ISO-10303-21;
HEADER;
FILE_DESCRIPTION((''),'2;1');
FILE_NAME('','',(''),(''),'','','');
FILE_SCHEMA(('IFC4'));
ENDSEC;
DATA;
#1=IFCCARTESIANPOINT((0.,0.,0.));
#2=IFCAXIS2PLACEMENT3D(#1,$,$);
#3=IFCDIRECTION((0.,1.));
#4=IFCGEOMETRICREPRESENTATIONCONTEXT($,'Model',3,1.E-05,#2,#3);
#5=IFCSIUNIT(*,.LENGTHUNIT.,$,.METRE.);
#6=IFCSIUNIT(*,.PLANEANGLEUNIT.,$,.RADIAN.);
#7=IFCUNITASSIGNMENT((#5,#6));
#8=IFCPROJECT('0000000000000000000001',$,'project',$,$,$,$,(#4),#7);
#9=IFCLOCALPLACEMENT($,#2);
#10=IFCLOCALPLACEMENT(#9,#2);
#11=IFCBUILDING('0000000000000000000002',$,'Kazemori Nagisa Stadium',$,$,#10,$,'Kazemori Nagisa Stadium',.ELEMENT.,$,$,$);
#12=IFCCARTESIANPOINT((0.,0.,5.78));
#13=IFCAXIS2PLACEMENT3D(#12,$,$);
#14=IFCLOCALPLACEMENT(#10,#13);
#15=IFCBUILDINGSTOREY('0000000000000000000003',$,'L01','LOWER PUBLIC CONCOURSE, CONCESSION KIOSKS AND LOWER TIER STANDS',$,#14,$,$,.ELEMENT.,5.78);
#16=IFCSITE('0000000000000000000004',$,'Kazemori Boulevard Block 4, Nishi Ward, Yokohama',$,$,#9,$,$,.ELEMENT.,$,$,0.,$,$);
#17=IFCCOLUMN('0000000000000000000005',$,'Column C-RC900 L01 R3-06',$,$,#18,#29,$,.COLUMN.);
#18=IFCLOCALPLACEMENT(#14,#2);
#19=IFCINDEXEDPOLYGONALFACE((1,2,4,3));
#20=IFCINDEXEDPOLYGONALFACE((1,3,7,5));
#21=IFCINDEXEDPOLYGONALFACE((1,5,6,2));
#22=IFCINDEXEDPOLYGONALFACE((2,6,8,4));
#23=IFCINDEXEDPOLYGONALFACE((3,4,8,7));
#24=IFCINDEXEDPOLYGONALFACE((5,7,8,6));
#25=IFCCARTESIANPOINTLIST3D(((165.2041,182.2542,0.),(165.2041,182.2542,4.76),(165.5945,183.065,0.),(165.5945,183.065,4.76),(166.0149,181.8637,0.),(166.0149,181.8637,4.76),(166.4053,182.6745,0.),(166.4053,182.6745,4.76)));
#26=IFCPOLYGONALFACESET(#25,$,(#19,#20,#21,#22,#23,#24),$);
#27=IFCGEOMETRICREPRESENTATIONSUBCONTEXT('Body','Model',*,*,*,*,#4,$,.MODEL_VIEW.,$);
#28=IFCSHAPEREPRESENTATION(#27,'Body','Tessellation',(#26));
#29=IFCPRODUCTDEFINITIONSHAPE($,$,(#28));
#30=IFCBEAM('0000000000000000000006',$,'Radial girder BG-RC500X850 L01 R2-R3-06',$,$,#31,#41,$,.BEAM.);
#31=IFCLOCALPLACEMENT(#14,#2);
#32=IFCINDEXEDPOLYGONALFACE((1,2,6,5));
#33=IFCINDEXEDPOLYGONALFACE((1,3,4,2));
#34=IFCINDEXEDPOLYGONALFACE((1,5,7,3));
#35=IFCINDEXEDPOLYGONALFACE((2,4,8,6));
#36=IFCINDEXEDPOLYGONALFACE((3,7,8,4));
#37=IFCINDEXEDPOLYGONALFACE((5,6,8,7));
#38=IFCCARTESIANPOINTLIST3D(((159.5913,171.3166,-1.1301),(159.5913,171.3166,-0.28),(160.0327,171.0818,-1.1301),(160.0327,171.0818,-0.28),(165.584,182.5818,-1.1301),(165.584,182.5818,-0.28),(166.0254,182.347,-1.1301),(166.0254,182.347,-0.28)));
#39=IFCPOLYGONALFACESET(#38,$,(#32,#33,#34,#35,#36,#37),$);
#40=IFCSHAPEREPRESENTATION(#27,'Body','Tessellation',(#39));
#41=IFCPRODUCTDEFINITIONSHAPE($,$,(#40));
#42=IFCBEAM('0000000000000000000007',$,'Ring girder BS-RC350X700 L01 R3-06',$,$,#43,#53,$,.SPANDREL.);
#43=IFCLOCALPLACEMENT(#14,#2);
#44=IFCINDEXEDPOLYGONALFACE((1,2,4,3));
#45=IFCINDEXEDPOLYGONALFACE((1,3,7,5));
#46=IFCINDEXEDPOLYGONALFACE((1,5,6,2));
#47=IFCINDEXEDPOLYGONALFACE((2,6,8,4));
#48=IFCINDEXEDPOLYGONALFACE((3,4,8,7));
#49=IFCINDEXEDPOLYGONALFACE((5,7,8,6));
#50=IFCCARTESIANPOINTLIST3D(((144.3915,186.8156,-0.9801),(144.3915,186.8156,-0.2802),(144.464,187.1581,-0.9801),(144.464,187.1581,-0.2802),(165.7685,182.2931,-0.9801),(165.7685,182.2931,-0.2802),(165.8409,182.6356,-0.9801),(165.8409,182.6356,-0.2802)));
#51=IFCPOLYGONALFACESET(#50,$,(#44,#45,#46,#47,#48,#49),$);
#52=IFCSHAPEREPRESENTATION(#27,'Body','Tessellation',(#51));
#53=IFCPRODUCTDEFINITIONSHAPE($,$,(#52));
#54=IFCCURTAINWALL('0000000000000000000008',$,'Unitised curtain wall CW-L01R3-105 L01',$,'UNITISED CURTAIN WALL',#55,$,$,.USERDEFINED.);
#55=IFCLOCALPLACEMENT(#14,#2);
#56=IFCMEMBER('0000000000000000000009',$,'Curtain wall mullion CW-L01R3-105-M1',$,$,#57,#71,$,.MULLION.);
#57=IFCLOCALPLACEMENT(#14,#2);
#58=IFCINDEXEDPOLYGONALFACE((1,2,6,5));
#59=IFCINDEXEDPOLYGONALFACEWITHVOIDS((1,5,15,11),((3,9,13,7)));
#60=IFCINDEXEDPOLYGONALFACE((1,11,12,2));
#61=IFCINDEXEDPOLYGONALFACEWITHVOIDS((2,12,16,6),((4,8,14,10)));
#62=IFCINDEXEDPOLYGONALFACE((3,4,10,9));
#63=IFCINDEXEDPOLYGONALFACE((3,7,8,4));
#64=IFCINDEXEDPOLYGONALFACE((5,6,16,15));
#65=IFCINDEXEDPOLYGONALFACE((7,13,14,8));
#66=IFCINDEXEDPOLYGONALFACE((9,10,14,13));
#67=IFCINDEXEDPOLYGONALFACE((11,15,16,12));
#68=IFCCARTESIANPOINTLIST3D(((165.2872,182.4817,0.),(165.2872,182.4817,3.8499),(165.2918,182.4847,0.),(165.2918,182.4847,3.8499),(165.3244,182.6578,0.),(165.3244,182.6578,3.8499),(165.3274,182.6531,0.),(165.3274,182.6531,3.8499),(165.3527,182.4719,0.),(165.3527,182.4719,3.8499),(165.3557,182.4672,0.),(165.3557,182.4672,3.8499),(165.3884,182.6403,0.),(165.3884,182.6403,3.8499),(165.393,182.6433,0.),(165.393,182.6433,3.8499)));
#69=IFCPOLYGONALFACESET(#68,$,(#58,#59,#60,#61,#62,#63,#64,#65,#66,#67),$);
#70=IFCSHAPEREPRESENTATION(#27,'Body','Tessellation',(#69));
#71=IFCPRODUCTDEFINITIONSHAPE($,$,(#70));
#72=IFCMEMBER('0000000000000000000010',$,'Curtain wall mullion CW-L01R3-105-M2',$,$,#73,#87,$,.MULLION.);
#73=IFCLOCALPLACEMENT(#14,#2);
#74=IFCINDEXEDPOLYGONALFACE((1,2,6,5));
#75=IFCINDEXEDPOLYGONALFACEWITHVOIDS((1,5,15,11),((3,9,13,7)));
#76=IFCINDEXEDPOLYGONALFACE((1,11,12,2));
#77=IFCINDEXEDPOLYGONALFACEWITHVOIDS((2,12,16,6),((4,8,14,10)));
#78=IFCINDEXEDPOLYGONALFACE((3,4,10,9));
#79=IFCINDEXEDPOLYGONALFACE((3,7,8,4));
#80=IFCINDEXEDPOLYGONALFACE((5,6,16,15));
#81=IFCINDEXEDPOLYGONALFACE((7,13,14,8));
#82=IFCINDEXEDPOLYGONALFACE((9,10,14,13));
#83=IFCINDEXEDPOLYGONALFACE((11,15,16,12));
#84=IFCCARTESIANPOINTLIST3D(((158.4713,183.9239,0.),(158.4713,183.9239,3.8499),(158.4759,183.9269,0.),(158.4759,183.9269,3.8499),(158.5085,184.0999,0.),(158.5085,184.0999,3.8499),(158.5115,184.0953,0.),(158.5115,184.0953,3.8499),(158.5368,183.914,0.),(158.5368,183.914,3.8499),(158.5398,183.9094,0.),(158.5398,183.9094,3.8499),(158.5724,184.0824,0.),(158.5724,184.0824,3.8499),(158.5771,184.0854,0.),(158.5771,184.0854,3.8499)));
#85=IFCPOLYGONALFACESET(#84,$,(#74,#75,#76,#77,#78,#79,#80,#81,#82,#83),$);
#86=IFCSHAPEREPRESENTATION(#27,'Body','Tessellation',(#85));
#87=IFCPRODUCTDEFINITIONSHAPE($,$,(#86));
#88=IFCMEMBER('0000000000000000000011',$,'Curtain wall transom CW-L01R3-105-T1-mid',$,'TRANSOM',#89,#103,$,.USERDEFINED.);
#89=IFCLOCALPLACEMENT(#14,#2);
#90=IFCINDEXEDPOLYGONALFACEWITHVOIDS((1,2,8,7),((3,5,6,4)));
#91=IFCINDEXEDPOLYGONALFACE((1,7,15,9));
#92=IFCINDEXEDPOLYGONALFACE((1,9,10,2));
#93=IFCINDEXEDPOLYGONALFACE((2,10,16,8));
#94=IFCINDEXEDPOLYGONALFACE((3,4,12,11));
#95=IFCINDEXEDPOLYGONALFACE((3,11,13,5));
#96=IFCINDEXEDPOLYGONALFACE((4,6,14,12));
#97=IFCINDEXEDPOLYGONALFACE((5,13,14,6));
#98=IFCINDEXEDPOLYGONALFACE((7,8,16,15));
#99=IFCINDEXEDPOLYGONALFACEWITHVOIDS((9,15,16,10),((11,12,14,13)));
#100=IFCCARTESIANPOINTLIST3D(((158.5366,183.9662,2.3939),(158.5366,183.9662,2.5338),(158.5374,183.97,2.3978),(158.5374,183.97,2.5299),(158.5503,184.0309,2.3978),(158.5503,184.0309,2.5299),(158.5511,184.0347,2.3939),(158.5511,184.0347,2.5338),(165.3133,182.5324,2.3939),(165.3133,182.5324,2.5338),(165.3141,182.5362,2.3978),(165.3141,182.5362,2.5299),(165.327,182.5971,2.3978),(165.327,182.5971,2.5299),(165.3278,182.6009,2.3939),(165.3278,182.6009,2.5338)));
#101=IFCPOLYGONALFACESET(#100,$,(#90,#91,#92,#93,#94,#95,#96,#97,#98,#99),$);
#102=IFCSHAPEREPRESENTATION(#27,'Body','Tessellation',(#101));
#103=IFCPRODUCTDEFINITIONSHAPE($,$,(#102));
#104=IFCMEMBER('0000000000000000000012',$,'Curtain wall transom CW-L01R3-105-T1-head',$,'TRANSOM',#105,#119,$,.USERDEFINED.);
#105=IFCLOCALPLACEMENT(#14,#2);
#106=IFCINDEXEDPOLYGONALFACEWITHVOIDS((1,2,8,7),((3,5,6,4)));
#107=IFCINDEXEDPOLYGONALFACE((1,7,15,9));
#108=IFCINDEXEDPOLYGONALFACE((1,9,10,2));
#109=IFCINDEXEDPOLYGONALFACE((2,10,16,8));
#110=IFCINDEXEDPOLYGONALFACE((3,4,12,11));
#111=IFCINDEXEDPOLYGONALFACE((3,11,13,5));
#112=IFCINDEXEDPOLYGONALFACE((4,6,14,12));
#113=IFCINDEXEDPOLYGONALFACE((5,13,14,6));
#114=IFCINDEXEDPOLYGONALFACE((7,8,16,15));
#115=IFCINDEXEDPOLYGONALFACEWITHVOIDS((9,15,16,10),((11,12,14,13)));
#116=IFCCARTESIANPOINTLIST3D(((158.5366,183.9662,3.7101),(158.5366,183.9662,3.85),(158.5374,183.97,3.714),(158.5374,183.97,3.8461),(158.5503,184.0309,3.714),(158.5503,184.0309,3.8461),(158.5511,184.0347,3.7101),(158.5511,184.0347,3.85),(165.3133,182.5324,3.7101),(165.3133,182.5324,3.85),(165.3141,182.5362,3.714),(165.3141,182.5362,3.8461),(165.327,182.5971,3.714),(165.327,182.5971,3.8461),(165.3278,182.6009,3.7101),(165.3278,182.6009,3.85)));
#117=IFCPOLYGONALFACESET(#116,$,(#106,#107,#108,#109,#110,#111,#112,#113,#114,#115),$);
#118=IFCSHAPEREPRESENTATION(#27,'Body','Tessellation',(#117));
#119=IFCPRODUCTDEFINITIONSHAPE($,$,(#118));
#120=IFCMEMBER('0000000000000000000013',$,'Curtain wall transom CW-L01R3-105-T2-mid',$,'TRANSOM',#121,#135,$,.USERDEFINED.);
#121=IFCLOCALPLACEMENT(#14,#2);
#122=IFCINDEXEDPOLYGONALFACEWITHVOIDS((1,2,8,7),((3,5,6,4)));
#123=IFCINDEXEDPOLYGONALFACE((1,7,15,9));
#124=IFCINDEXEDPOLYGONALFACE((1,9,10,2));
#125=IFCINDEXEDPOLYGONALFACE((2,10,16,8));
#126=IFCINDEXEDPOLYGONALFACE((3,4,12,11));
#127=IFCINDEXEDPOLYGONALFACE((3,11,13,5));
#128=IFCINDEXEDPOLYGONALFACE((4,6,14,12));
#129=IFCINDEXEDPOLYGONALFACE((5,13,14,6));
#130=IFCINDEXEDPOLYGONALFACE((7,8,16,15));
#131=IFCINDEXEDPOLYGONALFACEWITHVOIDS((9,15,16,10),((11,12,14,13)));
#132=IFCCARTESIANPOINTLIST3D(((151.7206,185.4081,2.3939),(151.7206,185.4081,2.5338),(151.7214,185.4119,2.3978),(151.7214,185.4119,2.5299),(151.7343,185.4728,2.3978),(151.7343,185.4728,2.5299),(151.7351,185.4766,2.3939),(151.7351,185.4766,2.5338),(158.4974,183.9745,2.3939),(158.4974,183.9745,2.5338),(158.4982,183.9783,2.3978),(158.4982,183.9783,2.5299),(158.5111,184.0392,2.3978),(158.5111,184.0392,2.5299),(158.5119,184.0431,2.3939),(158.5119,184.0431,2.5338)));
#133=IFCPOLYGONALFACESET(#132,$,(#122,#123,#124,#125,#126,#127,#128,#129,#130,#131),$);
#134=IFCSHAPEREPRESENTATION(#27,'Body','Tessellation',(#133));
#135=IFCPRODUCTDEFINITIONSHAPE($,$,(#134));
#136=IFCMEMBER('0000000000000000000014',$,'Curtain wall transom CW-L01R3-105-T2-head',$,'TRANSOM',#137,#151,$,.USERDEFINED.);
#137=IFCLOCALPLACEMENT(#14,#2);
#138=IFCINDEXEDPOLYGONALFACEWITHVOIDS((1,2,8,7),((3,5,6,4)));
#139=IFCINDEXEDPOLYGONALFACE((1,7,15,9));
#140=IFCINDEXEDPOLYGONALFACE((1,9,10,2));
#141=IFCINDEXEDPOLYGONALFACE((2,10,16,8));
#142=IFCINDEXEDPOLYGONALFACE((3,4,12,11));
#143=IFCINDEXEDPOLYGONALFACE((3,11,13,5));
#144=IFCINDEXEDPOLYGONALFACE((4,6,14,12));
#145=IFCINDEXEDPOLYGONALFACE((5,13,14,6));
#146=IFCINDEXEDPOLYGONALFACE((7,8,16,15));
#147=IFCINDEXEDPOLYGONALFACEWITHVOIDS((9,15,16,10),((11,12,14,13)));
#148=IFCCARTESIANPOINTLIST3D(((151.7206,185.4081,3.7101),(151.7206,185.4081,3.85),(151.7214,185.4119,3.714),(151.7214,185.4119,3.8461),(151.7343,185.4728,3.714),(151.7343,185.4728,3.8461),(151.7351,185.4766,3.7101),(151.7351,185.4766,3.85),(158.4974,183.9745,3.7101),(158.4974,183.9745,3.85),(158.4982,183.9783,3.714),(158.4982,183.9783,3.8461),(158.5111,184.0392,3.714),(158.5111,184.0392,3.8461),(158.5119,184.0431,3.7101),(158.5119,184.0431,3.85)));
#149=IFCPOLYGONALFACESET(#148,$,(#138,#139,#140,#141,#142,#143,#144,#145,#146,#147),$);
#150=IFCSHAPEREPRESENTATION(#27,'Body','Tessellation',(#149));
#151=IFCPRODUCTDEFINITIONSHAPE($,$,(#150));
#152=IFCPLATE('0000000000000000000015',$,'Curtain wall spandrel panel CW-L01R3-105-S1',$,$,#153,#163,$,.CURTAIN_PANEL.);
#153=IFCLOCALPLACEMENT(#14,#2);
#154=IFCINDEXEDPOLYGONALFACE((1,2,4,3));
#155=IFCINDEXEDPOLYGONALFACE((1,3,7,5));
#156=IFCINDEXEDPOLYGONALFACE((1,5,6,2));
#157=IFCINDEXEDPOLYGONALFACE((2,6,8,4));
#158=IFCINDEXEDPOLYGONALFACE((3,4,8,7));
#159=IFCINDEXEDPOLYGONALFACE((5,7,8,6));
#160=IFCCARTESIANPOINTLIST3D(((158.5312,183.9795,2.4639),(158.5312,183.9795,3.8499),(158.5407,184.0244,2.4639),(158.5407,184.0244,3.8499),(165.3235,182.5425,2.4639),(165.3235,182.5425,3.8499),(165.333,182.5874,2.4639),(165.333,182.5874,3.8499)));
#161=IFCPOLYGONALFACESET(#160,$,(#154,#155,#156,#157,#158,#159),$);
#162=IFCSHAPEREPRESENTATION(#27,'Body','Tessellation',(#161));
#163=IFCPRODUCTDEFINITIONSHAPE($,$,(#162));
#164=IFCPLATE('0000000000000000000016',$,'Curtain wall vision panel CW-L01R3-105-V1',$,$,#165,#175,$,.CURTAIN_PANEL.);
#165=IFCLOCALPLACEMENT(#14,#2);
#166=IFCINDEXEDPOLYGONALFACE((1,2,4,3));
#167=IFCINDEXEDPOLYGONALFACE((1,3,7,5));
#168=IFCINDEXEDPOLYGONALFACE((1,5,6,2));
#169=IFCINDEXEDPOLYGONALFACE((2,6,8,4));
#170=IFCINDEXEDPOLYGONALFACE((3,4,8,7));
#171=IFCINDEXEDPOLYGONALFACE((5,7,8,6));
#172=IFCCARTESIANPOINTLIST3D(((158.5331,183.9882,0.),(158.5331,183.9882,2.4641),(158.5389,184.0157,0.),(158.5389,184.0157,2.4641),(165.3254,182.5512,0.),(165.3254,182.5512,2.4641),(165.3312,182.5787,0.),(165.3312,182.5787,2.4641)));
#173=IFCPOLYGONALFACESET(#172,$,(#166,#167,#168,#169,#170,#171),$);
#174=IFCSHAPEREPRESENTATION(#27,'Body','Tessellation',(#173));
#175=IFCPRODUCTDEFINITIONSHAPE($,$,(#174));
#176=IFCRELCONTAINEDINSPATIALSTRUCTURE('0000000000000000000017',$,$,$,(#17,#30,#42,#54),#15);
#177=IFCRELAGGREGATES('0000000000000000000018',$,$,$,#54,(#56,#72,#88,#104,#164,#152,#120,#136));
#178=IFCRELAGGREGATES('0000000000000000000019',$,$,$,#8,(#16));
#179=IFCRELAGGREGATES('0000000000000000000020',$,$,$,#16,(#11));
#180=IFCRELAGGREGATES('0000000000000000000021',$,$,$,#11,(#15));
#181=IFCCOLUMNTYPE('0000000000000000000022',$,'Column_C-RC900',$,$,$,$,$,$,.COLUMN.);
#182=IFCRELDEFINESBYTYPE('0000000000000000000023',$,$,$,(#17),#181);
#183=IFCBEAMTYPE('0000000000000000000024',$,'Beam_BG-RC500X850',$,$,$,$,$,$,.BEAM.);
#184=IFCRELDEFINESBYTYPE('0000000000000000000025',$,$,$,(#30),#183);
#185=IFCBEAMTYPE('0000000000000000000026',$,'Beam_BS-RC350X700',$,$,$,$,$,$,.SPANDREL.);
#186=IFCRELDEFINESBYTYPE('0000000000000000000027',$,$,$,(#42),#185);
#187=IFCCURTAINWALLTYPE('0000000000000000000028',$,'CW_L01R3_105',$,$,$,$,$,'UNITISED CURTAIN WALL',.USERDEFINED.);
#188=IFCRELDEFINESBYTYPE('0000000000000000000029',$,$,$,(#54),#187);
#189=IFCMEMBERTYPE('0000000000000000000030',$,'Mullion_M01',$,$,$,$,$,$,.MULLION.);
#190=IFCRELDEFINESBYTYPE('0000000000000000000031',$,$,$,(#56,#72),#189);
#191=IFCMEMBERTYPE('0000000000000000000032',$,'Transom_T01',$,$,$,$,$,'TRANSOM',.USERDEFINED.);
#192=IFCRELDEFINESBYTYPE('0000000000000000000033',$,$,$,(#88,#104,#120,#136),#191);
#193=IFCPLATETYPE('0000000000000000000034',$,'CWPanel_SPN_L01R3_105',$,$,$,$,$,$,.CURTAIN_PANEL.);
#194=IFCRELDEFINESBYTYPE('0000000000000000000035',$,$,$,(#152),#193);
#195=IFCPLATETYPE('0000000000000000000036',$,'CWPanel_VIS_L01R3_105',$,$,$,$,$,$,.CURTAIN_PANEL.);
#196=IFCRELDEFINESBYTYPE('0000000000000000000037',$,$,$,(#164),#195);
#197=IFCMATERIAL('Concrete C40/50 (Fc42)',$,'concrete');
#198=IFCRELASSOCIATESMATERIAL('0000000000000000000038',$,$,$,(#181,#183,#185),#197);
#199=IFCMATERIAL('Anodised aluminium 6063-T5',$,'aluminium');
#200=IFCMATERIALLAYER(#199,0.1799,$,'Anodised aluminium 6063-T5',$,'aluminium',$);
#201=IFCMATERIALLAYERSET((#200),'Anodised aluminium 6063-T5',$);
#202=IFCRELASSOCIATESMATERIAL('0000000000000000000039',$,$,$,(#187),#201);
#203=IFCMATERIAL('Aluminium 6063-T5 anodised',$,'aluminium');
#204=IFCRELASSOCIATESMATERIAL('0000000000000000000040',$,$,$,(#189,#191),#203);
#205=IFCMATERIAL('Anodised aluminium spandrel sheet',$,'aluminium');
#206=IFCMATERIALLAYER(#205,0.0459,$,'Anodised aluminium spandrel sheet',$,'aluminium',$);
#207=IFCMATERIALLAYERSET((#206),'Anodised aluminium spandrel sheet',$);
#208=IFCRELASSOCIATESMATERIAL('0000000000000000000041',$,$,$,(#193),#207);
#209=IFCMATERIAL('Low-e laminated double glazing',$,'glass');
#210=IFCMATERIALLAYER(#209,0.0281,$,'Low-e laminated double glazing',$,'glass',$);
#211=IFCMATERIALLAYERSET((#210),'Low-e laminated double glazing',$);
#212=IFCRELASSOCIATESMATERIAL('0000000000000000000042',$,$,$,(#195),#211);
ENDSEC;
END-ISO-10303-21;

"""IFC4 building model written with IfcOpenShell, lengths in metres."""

from ifc_helpers import new_model, si_unit, direction, frame, origin, origin_2d, place, context, subcontext, project, spatial, rectangle, hollow_rectangle, extrude, material, layer, layer_set, material_profile, profile_set, type_object, element, aggregate, save


model = new_model("IFC4")

# Units and contexts
model_context = context("Model", 3, precision=1e-05, world=origin(), true_north=direction((0.0, 1.0)))
body_context = subcontext(model_context, "Body", "Model", "MODEL_VIEW")
ifc_project = project(units=[si_unit("LENGTHUNIT", "METRE"), si_unit("PLANEANGLEUNIT", "RADIAN")], contexts=[model_context])

# Site, building, storey
site_placement = place(None, origin())
site = spatial("IfcSite", under=ifc_project, at=site_placement, Name="Kazemori Boulevard Block 4, Nishi Ward, Yokohama", CompositionType="ELEMENT", RefElevation=0.0)
building_placement = place(site_placement, origin())
building = spatial("IfcBuilding", under=site, at=building_placement, Name="Kazemori Nagisa Stadium", LongName="Kazemori Nagisa Stadium", CompositionType="ELEMENT")
storey_placement = place(building_placement, frame((0.0, 0.0, 5.78)))
storey = spatial("IfcBuildingStorey", under=building, at=storey_placement, Name="L01", Description="LOWER PUBLIC CONCOURSE, CONCESSION KIOSKS AND LOWER TIER STANDS", CompositionType="ELEMENT", Elevation=5.78)

# Column
ifc_material_1 = material(Name="Concrete C40/50 (Fc42)", Category="concrete")
ifc_material_profile_1 = material_profile(ifc_material_1, rectangle(XDim=0.8999, YDim=0.8999, at=origin_2d()), Name="RC-COL-900x900")
ifc_profile_set_1 = profile_set([ifc_material_profile_1], Name="Concrete C40/50 (Fc42)")
column_type = type_object("IfcColumnType", Name="Column_C-RC900", PredefinedType="COLUMN", material=ifc_profile_set_1)
column_placement = place(storey_placement, frame((165.8047, 182.4644, 0.0), z_axis=(0.0, 0.0, 1.0), x_axis=(0.433884, 0.900969, 0.0)))
element("IfcColumn", 1, at=column_placement, inside=storey, type_object=column_type, Name="Column C-RC900 L01 R3-06", PredefinedType="COLUMN", context=body_context, shape_type="SweptSolid", body=[
    extrude(rectangle(XDim=0.8999, YDim=0.8999, at=origin_2d()), origin(), (0.0, 0.0, 1.0), 4.76),
])

# Beams
ifc_material_profile_2 = material_profile(ifc_material_1, rectangle(XDim=0.5, YDim=0.8501, at=origin_2d()), Name="RC-BM-500x850")
ifc_profile_set_2 = profile_set([ifc_material_profile_2], Name="Concrete C40/50 (Fc42)")
beam_type_1 = type_object("IfcBeamType", Name="Beam_BG-RC500X850", PredefinedType="BEAM", material=ifc_profile_set_2)
beam_1_placement = place(storey_placement, frame((159.812, 171.1992, -0.7051), z_axis=(0.469649, 0.882853, 0.0), x_axis=(-0.882853, 0.469649, 0.0)))
element("IfcBeam", 2, at=beam_1_placement, inside=storey, type_object=beam_type_1, Name="Radial girder BG-RC500X850 L01 R2-R3-06", PredefinedType="BEAM", context=body_context, shape_type="SweptSolid", body=[
    extrude(rectangle(XDim=0.5, YDim=0.8501, at=origin_2d()), origin(), (0.0, 0.0, 1.0), 12.76),
])
ifc_material_profile_3 = material_profile(ifc_material_1, rectangle(XDim=0.3501, YDim=0.7, at=origin_2d()), Name="RC-SP-350x700")
ifc_profile_set_3 = profile_set([ifc_material_profile_3], Name="Concrete C40/50 (Fc42)")
beam_type_2 = type_object("IfcBeamType", Name="Beam_BS-RC350X700", PredefinedType="SPANDREL", material=ifc_profile_set_3)
beam_2_placement = place(storey_placement, frame((165.8047, 182.4644, -0.6301), z_axis=(-0.978346, 0.206977, 0.0), x_axis=(-0.206977, -0.978346, 0.0)))
element("IfcBeam", 3, at=beam_2_placement, inside=storey, type_object=beam_type_2, Name="Ring girder BS-RC350X700 L01 R3-06", PredefinedType="SPANDREL", context=body_context, shape_type="SweptSolid", body=[
    extrude(rectangle(XDim=0.3501, YDim=0.7, at=origin_2d()), origin(), (0.0, 0.0, 1.0), 21.8501),
])

# Curtain wall, members, plates
ifc_material_2 = material(Name="Anodised aluminium 6063-T5", Category="aluminium")
ifc_layer_1 = layer(ifc_material_2, 0.1799, Name="Anodised aluminium 6063-T5", Category="aluminium")
ifc_layer_set_1 = layer_set([ifc_layer_1], Name="Anodised aluminium 6063-T5")
curtain_wall_type = type_object("IfcCurtainWallType", Name="CW_L01R3_105", ElementType="UNITISED CURTAIN WALL", PredefinedType="USERDEFINED", material=ifc_layer_set_1)
curtain_wall_placement = place(storey_placement, origin())
curtain_wall = element("IfcCurtainWall", 4, at=curtain_wall_placement, inside=storey, type_object=curtain_wall_type, Name="Unitised curtain wall CW-L01R3-105 L01", ObjectType="UNITISED CURTAIN WALL", PredefinedType="USERDEFINED")
ifc_material_3 = material(Name="Aluminium 6063-T5 anodised", Category="aluminium")
ifc_material_profile_4 = material_profile(ifc_material_3, hollow_rectangle(XDim=0.0701, YDim=0.1799, WallThickness=0.0039, at=origin_2d()), Name="ALU-MULL-70x180x4")
ifc_profile_set_4 = profile_set([ifc_material_profile_4], Name="Aluminium 6063-T5 anodised")
member_type_1 = type_object("IfcMemberType", Name="Mullion_M01", PredefinedType="MULLION", material=ifc_profile_set_4)
member_1_placement = place(storey_placement, frame((165.3401, 182.5625, 0.0), z_axis=(0.0, 0.0, 1.0), x_axis=(-0.978345, 0.206981, 0.0)))
member_1 = element("IfcMember", 5, at=member_1_placement, type_object=member_type_1, Name="Curtain wall mullion CW-L01R3-105-M1", PredefinedType="MULLION", context=body_context, shape_type="SweptSolid", body=[
    extrude(hollow_rectangle(XDim=0.0701, YDim=0.1799, WallThickness=0.0039, at=origin_2d()), origin(), (0.0, 0.0, 1.0), 3.8499),
])
member_2_placement = place(storey_placement, frame((158.5242, 184.0046, 0.0), z_axis=(0.0, 0.0, 1.0), x_axis=(-0.978345, 0.206981, 0.0)))
member_2 = element("IfcMember", 6, at=member_2_placement, type_object=member_type_1, Name="Curtain wall mullion CW-L01R3-105-M2", PredefinedType="MULLION", context=body_context, shape_type="SweptSolid", body=[
    extrude(hollow_rectangle(XDim=0.0701, YDim=0.1799, WallThickness=0.0039, at=origin_2d()), origin(), (0.0, 0.0, 1.0), 3.8499),
])
ifc_material_profile_5 = material_profile(ifc_material_3, hollow_rectangle(XDim=0.0701, YDim=0.1399, WallThickness=0.0039, at=origin_2d()), Name="ALU-TRAN-70x140x4")
ifc_profile_set_5 = profile_set([ifc_material_profile_5], Name="Aluminium 6063-T5 anodised")
member_type_2 = type_object("IfcMemberType", Name="Transom_T01", ElementType="TRANSOM", PredefinedType="USERDEFINED", material=ifc_profile_set_5)
member_3_placement = place(storey_placement, frame((165.3206, 182.5667, 2.4639), z_axis=(-0.978342, 0.206996, 0.0), x_axis=(-0.206996, -0.978342, 0.0)))
member_3 = element("IfcMember", 7, at=member_3_placement, type_object=member_type_2, Name="Curtain wall transom CW-L01R3-105-T1-mid", ObjectType="TRANSOM", PredefinedType="USERDEFINED", context=body_context, shape_type="SweptSolid", body=[
    extrude(hollow_rectangle(XDim=0.0701, YDim=0.1399, WallThickness=0.0039, at=origin_2d()), origin(), (0.0, 0.0, 1.0), 6.9268),
])
member_4_placement = place(storey_placement, frame((165.3206, 182.5667, 3.78), z_axis=(-0.978342, 0.206996, 0.0), x_axis=(-0.206996, -0.978342, 0.0)))
member_4 = element("IfcMember", 8, at=member_4_placement, type_object=member_type_2, Name="Curtain wall transom CW-L01R3-105-T1-head", ObjectType="TRANSOM", PredefinedType="USERDEFINED", context=body_context, shape_type="SweptSolid", body=[
    extrude(hollow_rectangle(XDim=0.0701, YDim=0.1399, WallThickness=0.0039, at=origin_2d()), origin(), (0.0, 0.0, 1.0), 6.9268),
])
member_5_placement = place(storey_placement, frame((158.5046, 184.0088, 2.4639), z_axis=(-0.978349, 0.206962, 0.0), x_axis=(-0.206962, -0.978349, 0.0)))
member_5 = element("IfcMember", 9, at=member_5_placement, type_object=member_type_2, Name="Curtain wall transom CW-L01R3-105-T2-mid", ObjectType="TRANSOM", PredefinedType="USERDEFINED", context=body_context, shape_type="SweptSolid", body=[
    extrude(hollow_rectangle(XDim=0.0701, YDim=0.1399, WallThickness=0.0039, at=origin_2d()), origin(), (0.0, 0.0, 1.0), 6.9268),
])
member_6_placement = place(storey_placement, frame((158.5046, 184.0088, 3.78), z_axis=(-0.978349, 0.206962, 0.0), x_axis=(-0.206962, -0.978349, 0.0)))
member_6 = element("IfcMember", 10, at=member_6_placement, type_object=member_type_2, Name="Curtain wall transom CW-L01R3-105-T2-head", ObjectType="TRANSOM", PredefinedType="USERDEFINED", context=body_context, shape_type="SweptSolid", body=[
    extrude(hollow_rectangle(XDim=0.0701, YDim=0.1399, WallThickness=0.0039, at=origin_2d()), origin(), (0.0, 0.0, 1.0), 6.9268),
])
ifc_material_4 = material(Name="Anodised aluminium spandrel sheet", Category="aluminium")
ifc_layer_2 = layer(ifc_material_4, 0.0459, Name="Anodised aluminium spandrel sheet", Category="aluminium")
ifc_layer_set_2 = layer_set([ifc_layer_2], Name="Anodised aluminium spandrel sheet")
plate_type_1 = type_object("IfcPlateType", Name="CWPanel_SPN_L01R3_105", PredefinedType="CURTAIN_PANEL", material=ifc_layer_set_2)
plate_1_placement = place(storey_placement, frame((161.9321, 183.2834, 2.4639), z_axis=(0.0, 0.0, 1.0), x_axis=(-0.978345, 0.206981, 0.0)))
plate_1 = element("IfcPlate", 11, at=plate_1_placement, type_object=plate_type_1, Name="Curtain wall spandrel panel CW-L01R3-105-S1", PredefinedType="CURTAIN_PANEL", context=body_context, shape_type="SweptSolid", body=[
    extrude(rectangle(XDim=6.9426, YDim=0.0459, at=origin_2d()), origin(), (0.0, 0.0, 1.0), 1.386),
])
ifc_material_5 = material(Name="Low-e laminated double glazing", Category="glass")
ifc_layer_3 = layer(ifc_material_5, 0.0281, Name="Low-e laminated double glazing", Category="glass")
ifc_layer_set_3 = layer_set([ifc_layer_3], Name="Low-e laminated double glazing")
plate_type_2 = type_object("IfcPlateType", Name="CWPanel_VIS_L01R3_105", PredefinedType="CURTAIN_PANEL", material=ifc_layer_set_3)
plate_2_placement = place(storey_placement, frame((161.9321, 183.2834, 0.0), z_axis=(0.0, 0.0, 1.0), x_axis=(-0.978345, 0.206981, 0.0)))
plate_2 = element("IfcPlate", 12, at=plate_2_placement, type_object=plate_type_2, Name="Curtain wall vision panel CW-L01R3-105-V1", PredefinedType="CURTAIN_PANEL", context=body_context, shape_type="SweptSolid", body=[
    extrude(rectangle(XDim=6.9426, YDim=0.0281, at=origin_2d()), origin(), (0.0, 0.0, 1.0), 2.4641),
])
aggregate(curtain_wall, [member_1, member_2, member_3, member_4, plate_2, plate_1, member_5, member_6])

save(model, "model.ifc")
